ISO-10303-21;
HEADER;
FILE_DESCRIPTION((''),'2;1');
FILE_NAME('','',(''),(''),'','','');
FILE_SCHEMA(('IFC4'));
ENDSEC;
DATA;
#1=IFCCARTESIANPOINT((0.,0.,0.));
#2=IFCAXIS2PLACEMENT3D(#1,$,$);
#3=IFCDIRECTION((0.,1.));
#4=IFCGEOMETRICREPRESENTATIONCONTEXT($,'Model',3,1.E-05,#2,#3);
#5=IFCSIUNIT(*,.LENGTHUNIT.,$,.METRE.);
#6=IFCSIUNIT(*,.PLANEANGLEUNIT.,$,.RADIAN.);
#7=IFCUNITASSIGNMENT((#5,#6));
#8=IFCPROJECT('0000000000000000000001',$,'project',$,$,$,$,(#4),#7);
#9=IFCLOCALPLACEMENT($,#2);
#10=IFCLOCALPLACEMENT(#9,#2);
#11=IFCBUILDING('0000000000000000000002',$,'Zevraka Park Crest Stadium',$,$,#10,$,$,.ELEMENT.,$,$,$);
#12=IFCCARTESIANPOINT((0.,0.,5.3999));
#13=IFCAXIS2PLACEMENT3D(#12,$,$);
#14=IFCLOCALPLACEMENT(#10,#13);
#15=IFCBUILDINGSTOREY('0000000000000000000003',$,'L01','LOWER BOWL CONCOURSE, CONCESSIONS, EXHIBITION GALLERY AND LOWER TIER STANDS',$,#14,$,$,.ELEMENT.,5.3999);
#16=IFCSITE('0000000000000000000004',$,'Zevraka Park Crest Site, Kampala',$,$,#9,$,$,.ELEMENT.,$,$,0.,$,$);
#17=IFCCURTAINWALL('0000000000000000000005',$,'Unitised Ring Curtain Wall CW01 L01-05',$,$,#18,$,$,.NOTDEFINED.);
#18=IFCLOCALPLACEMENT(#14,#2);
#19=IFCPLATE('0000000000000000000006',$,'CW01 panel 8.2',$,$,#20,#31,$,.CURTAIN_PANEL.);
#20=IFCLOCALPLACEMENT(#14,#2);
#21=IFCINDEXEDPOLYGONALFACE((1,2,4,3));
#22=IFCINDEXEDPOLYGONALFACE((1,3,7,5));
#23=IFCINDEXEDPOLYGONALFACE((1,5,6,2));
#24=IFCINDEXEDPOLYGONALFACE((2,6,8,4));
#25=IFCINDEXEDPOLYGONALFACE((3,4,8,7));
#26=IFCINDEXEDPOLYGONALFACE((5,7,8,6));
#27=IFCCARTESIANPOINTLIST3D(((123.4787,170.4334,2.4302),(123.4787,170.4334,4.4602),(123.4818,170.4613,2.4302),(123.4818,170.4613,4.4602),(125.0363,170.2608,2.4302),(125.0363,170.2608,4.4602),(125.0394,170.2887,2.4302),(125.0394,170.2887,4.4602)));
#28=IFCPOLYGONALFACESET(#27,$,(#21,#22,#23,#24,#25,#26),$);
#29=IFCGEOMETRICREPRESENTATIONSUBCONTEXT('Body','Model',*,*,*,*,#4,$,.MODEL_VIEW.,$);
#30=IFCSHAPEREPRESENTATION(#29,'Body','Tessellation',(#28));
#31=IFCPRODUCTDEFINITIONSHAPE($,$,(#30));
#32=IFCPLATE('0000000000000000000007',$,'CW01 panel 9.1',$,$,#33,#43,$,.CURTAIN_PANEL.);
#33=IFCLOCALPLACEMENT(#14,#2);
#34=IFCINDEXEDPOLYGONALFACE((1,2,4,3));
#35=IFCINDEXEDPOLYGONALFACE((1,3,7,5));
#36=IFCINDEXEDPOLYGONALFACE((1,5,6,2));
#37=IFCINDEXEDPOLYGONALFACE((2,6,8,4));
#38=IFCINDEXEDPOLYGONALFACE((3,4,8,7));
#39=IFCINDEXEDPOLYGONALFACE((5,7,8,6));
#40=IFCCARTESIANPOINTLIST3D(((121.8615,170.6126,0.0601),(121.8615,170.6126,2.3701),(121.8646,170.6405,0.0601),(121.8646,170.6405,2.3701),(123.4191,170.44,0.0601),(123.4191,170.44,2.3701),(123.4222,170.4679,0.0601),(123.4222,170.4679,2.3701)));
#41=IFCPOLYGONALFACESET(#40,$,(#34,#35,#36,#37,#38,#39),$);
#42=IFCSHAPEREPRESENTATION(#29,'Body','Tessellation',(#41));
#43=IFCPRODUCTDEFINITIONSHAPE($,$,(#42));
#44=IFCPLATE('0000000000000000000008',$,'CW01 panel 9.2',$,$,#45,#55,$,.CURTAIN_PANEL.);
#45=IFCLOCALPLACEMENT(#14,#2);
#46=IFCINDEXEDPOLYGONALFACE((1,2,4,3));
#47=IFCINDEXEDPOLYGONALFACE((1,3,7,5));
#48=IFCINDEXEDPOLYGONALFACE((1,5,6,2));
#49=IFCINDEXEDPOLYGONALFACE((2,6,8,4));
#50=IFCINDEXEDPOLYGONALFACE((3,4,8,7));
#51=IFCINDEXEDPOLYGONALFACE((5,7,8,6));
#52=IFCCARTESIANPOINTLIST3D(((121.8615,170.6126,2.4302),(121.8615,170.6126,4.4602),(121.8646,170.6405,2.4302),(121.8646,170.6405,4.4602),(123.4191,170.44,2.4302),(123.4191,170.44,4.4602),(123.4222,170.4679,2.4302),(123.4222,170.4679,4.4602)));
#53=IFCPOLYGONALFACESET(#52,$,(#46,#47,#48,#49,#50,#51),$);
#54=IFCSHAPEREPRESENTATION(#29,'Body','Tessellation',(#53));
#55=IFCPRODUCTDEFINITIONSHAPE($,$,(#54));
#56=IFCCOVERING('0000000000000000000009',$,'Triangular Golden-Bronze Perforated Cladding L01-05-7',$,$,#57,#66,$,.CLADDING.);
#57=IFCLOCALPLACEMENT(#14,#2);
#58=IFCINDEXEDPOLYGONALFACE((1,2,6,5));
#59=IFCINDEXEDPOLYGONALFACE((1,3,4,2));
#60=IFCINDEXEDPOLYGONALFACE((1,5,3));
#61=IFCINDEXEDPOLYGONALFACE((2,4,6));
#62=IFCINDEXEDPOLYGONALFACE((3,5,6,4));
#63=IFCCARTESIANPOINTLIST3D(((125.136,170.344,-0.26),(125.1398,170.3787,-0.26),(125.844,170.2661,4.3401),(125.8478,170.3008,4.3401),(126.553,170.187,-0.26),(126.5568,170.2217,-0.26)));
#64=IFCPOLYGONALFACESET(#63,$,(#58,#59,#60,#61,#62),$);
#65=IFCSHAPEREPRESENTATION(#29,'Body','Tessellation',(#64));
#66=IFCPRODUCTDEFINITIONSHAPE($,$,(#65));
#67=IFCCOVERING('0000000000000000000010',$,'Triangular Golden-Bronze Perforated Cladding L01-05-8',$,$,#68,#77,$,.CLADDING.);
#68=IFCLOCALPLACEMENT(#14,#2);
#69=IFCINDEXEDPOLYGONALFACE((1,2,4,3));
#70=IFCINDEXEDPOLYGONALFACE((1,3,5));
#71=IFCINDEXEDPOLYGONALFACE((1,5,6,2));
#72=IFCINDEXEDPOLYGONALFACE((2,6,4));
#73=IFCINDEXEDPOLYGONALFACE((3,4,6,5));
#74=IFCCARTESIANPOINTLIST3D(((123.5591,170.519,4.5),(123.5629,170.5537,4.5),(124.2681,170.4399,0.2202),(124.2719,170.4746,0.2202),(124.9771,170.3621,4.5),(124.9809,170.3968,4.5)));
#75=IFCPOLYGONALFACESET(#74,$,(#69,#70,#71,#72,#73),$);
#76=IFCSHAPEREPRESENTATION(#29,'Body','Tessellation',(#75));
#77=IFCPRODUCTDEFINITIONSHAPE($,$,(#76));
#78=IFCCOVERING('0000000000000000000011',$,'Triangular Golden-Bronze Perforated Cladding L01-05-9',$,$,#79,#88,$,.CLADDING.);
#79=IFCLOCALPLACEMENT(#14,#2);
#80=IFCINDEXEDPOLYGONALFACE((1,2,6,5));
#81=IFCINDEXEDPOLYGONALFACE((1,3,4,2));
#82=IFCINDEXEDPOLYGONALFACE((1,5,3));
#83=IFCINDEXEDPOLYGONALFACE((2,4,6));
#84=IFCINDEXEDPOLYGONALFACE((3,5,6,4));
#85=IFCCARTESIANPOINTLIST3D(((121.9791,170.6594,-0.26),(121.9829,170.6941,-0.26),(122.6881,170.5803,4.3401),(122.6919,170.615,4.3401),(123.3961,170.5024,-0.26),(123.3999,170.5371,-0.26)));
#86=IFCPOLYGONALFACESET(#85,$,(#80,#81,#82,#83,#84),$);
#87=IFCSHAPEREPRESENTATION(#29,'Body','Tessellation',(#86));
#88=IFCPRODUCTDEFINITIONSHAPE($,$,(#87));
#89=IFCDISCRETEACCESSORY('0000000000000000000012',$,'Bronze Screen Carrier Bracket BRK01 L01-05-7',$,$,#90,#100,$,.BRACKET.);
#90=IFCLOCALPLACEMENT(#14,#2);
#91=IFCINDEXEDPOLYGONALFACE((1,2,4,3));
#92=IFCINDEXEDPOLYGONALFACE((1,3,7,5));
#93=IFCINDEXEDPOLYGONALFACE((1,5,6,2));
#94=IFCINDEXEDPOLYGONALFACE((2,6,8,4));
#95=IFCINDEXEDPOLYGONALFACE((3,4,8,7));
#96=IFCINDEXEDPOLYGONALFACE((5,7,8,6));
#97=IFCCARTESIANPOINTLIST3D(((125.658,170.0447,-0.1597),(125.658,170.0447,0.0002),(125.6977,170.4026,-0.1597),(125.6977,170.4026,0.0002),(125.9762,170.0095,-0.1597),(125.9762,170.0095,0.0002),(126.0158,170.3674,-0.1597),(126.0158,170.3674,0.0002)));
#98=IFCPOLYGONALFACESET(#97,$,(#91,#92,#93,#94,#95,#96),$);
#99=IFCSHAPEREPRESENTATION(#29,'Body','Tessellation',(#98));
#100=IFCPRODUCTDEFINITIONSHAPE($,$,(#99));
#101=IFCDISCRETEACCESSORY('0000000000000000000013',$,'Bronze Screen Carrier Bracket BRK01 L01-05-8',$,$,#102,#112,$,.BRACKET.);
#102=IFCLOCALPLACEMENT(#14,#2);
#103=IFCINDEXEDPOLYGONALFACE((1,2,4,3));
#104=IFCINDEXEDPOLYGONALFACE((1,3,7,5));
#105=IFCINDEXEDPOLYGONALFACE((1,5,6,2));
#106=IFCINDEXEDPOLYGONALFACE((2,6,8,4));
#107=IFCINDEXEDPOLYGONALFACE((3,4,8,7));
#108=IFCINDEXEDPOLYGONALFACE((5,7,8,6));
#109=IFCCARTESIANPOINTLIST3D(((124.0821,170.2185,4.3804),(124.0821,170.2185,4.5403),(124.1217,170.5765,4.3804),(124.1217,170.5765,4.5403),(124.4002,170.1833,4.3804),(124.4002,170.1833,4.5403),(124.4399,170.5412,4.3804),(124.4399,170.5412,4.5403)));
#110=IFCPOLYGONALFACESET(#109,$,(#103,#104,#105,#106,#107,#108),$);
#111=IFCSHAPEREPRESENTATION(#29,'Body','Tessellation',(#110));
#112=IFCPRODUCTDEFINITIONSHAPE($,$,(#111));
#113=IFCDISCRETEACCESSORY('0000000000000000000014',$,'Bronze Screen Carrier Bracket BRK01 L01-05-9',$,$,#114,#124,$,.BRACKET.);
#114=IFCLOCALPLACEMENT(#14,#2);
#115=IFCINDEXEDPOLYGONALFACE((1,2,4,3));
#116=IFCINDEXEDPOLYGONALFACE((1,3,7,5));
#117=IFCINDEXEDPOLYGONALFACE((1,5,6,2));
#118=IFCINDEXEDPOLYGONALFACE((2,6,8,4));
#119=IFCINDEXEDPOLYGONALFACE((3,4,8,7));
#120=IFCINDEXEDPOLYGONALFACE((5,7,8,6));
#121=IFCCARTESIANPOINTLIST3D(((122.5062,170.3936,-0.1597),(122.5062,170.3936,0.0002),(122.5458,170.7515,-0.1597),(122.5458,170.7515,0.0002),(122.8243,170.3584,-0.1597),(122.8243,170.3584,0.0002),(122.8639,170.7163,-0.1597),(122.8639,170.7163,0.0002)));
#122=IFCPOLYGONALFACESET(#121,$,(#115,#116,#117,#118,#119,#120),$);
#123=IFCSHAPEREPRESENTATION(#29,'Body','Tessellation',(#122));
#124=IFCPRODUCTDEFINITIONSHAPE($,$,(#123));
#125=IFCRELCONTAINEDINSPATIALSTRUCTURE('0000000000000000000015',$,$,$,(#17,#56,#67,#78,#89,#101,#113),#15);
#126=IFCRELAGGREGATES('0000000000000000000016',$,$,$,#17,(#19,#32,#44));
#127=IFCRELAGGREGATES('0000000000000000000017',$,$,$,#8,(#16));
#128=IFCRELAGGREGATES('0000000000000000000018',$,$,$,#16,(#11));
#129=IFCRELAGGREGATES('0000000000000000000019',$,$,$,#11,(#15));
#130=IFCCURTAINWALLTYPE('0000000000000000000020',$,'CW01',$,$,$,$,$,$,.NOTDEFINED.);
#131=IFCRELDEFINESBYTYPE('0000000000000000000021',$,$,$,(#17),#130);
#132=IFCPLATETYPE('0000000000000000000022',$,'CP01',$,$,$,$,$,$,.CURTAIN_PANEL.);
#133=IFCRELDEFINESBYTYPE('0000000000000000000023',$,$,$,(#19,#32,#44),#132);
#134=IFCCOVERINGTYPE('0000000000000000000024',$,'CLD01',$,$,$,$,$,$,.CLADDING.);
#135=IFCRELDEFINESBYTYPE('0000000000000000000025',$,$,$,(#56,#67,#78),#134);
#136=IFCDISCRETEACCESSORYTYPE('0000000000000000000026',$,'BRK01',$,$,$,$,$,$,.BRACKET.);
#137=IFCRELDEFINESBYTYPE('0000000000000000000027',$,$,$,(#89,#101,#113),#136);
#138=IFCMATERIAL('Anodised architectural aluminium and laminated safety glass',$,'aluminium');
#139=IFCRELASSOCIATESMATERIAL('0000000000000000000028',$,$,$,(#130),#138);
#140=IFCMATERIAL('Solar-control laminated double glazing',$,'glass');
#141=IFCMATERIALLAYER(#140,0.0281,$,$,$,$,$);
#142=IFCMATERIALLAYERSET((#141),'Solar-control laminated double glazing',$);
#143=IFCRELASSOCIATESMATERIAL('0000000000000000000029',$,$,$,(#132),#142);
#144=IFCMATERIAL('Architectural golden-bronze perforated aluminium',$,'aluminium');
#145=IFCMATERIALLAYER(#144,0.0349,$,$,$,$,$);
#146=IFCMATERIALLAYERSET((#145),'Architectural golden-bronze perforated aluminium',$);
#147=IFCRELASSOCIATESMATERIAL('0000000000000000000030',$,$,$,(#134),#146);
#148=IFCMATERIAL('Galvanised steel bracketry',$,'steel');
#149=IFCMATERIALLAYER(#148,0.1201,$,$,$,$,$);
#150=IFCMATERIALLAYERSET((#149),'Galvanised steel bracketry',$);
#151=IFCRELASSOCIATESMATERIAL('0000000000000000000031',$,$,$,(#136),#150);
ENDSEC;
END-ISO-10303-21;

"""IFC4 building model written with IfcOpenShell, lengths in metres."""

from ifc_helpers import new_model, si_unit, direction, frame, origin, origin_2d, place, context, subcontext, project, spatial, polyline, rectangle, outline, extrude, material, layer, layer_set, type_object, element, aggregate, save


model = new_model("IFC4")

# Units and contexts
model_context = context("Model", 3, precision=1e-05, world=origin(), true_north=direction((0.0, 1.0)))
body_context = subcontext(model_context, "Body", "Model", "MODEL_VIEW")
ifc_project = project(units=[si_unit("LENGTHUNIT", "METRE"), si_unit("PLANEANGLEUNIT", "RADIAN")], contexts=[model_context])

# Site, building, storey
site_placement = place(None, origin())
site = spatial("IfcSite", under=ifc_project, at=site_placement, Name="Zevraka Park Crest Site, Kampala", CompositionType="ELEMENT", RefElevation=0.0)
building_placement = place(site_placement, origin())
building = spatial("IfcBuilding", under=site, at=building_placement, Name="Zevraka Park Crest Stadium", CompositionType="ELEMENT")
storey_placement = place(building_placement, frame((0.0, 0.0, 5.3999)))
storey = spatial("IfcBuildingStorey", under=building, at=storey_placement, Name="L01", Description="LOWER BOWL CONCOURSE, CONCESSIONS, EXHIBITION GALLERY AND LOWER TIER STANDS", CompositionType="ELEMENT", Elevation=5.3999)

# Curtain wall
ifc_material_1 = material(Name="Anodised architectural aluminium and laminated safety glass", Category="aluminium")
curtain_wall_type = type_object("IfcCurtainWallType", Name="CW01", PredefinedType="NOTDEFINED", material=ifc_material_1)
curtain_wall_placement = place(storey_placement, origin())
curtain_wall = element("IfcCurtainWall", 1, at=curtain_wall_placement, inside=storey, type_object=curtain_wall_type, Name="Unitised Ring Curtain Wall CW01 L01-05", PredefinedType="NOTDEFINED")

# Plates
ifc_material_2 = material(Name="Solar-control laminated double glazing", Category="glass")
ifc_layer_1 = layer(ifc_material_2, 0.0281)
ifc_layer_set_1 = layer_set([ifc_layer_1], Name="Solar-control laminated double glazing")
plate_type = type_object("IfcPlateType", Name="CP01", PredefinedType="CURTAIN_PANEL", material=ifc_layer_set_1)
plate_1_placement = place(storey_placement, frame((124.259, 170.3611, 2.4302), z_axis=(0.0, 0.0, 1.0), x_axis=(-0.993917, 0.110135, 0.0)))
plate_1 = element("IfcPlate", 2, at=plate_1_placement, type_object=plate_type, Name="CW01 panel 8.2", PredefinedType="CURTAIN_PANEL", context=body_context, shape_type="SweptSolid", body=[
    extrude(rectangle(XDim=1.5671, YDim=0.0281, at=origin_2d()), origin(), (0.0, 0.0, 1.0), 2.03),
])
plate_2_placement = place(storey_placement, frame((122.6418, 170.5403, 0.0601), z_axis=(0.0, 0.0, 1.0), x_axis=(-0.993917, 0.110135, 0.0)))
plate_2 = element("IfcPlate", 3, at=plate_2_placement, type_object=plate_type, Name="CW01 panel 9.1", PredefinedType="CURTAIN_PANEL", context=body_context, shape_type="SweptSolid", body=[
    extrude(rectangle(XDim=1.5671, YDim=0.0281, at=origin_2d()), origin(), (0.0, 0.0, 1.0), 2.3101),
])
plate_3_placement = place(storey_placement, frame((122.6418, 170.5403, 2.4302), z_axis=(0.0, 0.0, 1.0), x_axis=(-0.993917, 0.110135, 0.0)))
plate_3 = element("IfcPlate", 4, at=plate_3_placement, type_object=plate_type, Name="CW01 panel 9.2", PredefinedType="CURTAIN_PANEL", context=body_context, shape_type="SweptSolid", body=[
    extrude(rectangle(XDim=1.5671, YDim=0.0281, at=origin_2d()), origin(), (0.0, 0.0, 1.0), 2.03),
])
aggregate(curtain_wall, [plate_1, plate_2, plate_3])

# Coverings
ifc_material_3 = material(Name="Architectural golden-bronze perforated aluminium", Category="aluminium")
ifc_layer_2 = layer(ifc_material_3, 0.0349)
ifc_layer_set_2 = layer_set([ifc_layer_2], Name="Architectural golden-bronze perforated aluminium")
covering_type = type_object("IfcCoveringType", Name="CLD01", PredefinedType="CLADDING", material=ifc_layer_set_2)
covering_1_placement = place(storey_placement, frame((126.553, 170.187, -0.26), z_axis=(-0.110112, -0.993919, 0.00012), x_axis=(-0.993919, 0.110112, 0.0)))
element("IfcCovering", 5, at=covering_1_placement, inside=storey, type_object=covering_type, Name="Triangular Golden-Bronze Perforated Cladding L01-05-7", PredefinedType="CLADDING", context=body_context, shape_type="SweptSolid", body=[
    extrude(outline(polyline([(0.0, 0.0), (1.4257, 0.0), (0.7134, -4.6001), (0.0, 0.0)])), origin(), (0.0, 0.0, -1.0), 0.0349),
])
covering_2_placement = place(storey_placement, frame((123.5591, 170.519, 4.5), z_axis=(-0.110037, -0.993927, 0.000142), x_axis=(0.993927, -0.110037, 0.0)))
element("IfcCovering", 6, at=covering_2_placement, inside=storey, type_object=covering_type, Name="Triangular Golden-Bronze Perforated Cladding L01-05-8", PredefinedType="CLADDING", context=body_context, shape_type="SweptSolid", body=[
    extrude(outline(polyline([(0.0, 0.0), (1.4266, 0.0), (0.7134, -4.2798), (0.0, 0.0)])), origin(), (0.0, 0.0, -1.0), 0.0349),
])
covering_3_placement = place(storey_placement, frame((123.3999, 170.5371, -0.26), z_axis=(0.110112, 0.993919, 0.00012), x_axis=(-0.993919, 0.110112, 0.0)))
element("IfcCovering", 7, at=covering_3_placement, inside=storey, type_object=covering_type, Name="Triangular Golden-Bronze Perforated Cladding L01-05-9", PredefinedType="CLADDING", context=body_context, shape_type="SweptSolid", body=[
    extrude(outline(polyline([(0.0, 0.0), (1.4257, 0.0), (0.7123, 4.6001), (0.0, 0.0)])), origin(), (0.0, 0.0, -1.0), 0.0349),
])

# Discrete accessories
ifc_material_4 = material(Name="Galvanised steel bracketry", Category="steel")
ifc_layer_3 = layer(ifc_material_4, 0.1201)
ifc_layer_set_3 = layer_set([ifc_layer_3], Name="Galvanised steel bracketry")
discrete_accessory_type = type_object("IfcDiscreteAccessoryType", Name="BRK01", PredefinedType="BRACKET", material=ifc_layer_set_3)
for number, where, z_axis, x_axis, name in (
    (8, (125.8369, 170.2061, -0.1597), (0.0, 0.0, 1.0), (-0.993923, 0.110081, 0.0), "Bronze Screen Carrier Bracket BRK01 L01-05-7"),
    (9, (124.261, 170.3799, 4.3804), (0.0, 0.0, 1.0), (-0.993923, 0.110081, 0.0), "Bronze Screen Carrier Bracket BRK01 L01-05-8"),
    (10, (122.6851, 170.5549, -0.1597), (0.0, 0.0, 1.0), (-0.993923, 0.110081, 0.0), "Bronze Screen Carrier Bracket BRK01 L01-05-9"),
):
    element("IfcDiscreteAccessory", number, at=place(storey_placement, frame(where, z_axis=z_axis, x_axis=x_axis)), inside=storey, type_object=discrete_accessory_type, Name=name, PredefinedType="BRACKET", context=body_context, shape_type="SweptSolid", body=[
        extrude(rectangle(XDim=0.3201, YDim=0.3601, at=origin_2d()), origin(), (0.0, 0.0, 1.0), 0.1599),
    ])

save(model, "model.ifc")
